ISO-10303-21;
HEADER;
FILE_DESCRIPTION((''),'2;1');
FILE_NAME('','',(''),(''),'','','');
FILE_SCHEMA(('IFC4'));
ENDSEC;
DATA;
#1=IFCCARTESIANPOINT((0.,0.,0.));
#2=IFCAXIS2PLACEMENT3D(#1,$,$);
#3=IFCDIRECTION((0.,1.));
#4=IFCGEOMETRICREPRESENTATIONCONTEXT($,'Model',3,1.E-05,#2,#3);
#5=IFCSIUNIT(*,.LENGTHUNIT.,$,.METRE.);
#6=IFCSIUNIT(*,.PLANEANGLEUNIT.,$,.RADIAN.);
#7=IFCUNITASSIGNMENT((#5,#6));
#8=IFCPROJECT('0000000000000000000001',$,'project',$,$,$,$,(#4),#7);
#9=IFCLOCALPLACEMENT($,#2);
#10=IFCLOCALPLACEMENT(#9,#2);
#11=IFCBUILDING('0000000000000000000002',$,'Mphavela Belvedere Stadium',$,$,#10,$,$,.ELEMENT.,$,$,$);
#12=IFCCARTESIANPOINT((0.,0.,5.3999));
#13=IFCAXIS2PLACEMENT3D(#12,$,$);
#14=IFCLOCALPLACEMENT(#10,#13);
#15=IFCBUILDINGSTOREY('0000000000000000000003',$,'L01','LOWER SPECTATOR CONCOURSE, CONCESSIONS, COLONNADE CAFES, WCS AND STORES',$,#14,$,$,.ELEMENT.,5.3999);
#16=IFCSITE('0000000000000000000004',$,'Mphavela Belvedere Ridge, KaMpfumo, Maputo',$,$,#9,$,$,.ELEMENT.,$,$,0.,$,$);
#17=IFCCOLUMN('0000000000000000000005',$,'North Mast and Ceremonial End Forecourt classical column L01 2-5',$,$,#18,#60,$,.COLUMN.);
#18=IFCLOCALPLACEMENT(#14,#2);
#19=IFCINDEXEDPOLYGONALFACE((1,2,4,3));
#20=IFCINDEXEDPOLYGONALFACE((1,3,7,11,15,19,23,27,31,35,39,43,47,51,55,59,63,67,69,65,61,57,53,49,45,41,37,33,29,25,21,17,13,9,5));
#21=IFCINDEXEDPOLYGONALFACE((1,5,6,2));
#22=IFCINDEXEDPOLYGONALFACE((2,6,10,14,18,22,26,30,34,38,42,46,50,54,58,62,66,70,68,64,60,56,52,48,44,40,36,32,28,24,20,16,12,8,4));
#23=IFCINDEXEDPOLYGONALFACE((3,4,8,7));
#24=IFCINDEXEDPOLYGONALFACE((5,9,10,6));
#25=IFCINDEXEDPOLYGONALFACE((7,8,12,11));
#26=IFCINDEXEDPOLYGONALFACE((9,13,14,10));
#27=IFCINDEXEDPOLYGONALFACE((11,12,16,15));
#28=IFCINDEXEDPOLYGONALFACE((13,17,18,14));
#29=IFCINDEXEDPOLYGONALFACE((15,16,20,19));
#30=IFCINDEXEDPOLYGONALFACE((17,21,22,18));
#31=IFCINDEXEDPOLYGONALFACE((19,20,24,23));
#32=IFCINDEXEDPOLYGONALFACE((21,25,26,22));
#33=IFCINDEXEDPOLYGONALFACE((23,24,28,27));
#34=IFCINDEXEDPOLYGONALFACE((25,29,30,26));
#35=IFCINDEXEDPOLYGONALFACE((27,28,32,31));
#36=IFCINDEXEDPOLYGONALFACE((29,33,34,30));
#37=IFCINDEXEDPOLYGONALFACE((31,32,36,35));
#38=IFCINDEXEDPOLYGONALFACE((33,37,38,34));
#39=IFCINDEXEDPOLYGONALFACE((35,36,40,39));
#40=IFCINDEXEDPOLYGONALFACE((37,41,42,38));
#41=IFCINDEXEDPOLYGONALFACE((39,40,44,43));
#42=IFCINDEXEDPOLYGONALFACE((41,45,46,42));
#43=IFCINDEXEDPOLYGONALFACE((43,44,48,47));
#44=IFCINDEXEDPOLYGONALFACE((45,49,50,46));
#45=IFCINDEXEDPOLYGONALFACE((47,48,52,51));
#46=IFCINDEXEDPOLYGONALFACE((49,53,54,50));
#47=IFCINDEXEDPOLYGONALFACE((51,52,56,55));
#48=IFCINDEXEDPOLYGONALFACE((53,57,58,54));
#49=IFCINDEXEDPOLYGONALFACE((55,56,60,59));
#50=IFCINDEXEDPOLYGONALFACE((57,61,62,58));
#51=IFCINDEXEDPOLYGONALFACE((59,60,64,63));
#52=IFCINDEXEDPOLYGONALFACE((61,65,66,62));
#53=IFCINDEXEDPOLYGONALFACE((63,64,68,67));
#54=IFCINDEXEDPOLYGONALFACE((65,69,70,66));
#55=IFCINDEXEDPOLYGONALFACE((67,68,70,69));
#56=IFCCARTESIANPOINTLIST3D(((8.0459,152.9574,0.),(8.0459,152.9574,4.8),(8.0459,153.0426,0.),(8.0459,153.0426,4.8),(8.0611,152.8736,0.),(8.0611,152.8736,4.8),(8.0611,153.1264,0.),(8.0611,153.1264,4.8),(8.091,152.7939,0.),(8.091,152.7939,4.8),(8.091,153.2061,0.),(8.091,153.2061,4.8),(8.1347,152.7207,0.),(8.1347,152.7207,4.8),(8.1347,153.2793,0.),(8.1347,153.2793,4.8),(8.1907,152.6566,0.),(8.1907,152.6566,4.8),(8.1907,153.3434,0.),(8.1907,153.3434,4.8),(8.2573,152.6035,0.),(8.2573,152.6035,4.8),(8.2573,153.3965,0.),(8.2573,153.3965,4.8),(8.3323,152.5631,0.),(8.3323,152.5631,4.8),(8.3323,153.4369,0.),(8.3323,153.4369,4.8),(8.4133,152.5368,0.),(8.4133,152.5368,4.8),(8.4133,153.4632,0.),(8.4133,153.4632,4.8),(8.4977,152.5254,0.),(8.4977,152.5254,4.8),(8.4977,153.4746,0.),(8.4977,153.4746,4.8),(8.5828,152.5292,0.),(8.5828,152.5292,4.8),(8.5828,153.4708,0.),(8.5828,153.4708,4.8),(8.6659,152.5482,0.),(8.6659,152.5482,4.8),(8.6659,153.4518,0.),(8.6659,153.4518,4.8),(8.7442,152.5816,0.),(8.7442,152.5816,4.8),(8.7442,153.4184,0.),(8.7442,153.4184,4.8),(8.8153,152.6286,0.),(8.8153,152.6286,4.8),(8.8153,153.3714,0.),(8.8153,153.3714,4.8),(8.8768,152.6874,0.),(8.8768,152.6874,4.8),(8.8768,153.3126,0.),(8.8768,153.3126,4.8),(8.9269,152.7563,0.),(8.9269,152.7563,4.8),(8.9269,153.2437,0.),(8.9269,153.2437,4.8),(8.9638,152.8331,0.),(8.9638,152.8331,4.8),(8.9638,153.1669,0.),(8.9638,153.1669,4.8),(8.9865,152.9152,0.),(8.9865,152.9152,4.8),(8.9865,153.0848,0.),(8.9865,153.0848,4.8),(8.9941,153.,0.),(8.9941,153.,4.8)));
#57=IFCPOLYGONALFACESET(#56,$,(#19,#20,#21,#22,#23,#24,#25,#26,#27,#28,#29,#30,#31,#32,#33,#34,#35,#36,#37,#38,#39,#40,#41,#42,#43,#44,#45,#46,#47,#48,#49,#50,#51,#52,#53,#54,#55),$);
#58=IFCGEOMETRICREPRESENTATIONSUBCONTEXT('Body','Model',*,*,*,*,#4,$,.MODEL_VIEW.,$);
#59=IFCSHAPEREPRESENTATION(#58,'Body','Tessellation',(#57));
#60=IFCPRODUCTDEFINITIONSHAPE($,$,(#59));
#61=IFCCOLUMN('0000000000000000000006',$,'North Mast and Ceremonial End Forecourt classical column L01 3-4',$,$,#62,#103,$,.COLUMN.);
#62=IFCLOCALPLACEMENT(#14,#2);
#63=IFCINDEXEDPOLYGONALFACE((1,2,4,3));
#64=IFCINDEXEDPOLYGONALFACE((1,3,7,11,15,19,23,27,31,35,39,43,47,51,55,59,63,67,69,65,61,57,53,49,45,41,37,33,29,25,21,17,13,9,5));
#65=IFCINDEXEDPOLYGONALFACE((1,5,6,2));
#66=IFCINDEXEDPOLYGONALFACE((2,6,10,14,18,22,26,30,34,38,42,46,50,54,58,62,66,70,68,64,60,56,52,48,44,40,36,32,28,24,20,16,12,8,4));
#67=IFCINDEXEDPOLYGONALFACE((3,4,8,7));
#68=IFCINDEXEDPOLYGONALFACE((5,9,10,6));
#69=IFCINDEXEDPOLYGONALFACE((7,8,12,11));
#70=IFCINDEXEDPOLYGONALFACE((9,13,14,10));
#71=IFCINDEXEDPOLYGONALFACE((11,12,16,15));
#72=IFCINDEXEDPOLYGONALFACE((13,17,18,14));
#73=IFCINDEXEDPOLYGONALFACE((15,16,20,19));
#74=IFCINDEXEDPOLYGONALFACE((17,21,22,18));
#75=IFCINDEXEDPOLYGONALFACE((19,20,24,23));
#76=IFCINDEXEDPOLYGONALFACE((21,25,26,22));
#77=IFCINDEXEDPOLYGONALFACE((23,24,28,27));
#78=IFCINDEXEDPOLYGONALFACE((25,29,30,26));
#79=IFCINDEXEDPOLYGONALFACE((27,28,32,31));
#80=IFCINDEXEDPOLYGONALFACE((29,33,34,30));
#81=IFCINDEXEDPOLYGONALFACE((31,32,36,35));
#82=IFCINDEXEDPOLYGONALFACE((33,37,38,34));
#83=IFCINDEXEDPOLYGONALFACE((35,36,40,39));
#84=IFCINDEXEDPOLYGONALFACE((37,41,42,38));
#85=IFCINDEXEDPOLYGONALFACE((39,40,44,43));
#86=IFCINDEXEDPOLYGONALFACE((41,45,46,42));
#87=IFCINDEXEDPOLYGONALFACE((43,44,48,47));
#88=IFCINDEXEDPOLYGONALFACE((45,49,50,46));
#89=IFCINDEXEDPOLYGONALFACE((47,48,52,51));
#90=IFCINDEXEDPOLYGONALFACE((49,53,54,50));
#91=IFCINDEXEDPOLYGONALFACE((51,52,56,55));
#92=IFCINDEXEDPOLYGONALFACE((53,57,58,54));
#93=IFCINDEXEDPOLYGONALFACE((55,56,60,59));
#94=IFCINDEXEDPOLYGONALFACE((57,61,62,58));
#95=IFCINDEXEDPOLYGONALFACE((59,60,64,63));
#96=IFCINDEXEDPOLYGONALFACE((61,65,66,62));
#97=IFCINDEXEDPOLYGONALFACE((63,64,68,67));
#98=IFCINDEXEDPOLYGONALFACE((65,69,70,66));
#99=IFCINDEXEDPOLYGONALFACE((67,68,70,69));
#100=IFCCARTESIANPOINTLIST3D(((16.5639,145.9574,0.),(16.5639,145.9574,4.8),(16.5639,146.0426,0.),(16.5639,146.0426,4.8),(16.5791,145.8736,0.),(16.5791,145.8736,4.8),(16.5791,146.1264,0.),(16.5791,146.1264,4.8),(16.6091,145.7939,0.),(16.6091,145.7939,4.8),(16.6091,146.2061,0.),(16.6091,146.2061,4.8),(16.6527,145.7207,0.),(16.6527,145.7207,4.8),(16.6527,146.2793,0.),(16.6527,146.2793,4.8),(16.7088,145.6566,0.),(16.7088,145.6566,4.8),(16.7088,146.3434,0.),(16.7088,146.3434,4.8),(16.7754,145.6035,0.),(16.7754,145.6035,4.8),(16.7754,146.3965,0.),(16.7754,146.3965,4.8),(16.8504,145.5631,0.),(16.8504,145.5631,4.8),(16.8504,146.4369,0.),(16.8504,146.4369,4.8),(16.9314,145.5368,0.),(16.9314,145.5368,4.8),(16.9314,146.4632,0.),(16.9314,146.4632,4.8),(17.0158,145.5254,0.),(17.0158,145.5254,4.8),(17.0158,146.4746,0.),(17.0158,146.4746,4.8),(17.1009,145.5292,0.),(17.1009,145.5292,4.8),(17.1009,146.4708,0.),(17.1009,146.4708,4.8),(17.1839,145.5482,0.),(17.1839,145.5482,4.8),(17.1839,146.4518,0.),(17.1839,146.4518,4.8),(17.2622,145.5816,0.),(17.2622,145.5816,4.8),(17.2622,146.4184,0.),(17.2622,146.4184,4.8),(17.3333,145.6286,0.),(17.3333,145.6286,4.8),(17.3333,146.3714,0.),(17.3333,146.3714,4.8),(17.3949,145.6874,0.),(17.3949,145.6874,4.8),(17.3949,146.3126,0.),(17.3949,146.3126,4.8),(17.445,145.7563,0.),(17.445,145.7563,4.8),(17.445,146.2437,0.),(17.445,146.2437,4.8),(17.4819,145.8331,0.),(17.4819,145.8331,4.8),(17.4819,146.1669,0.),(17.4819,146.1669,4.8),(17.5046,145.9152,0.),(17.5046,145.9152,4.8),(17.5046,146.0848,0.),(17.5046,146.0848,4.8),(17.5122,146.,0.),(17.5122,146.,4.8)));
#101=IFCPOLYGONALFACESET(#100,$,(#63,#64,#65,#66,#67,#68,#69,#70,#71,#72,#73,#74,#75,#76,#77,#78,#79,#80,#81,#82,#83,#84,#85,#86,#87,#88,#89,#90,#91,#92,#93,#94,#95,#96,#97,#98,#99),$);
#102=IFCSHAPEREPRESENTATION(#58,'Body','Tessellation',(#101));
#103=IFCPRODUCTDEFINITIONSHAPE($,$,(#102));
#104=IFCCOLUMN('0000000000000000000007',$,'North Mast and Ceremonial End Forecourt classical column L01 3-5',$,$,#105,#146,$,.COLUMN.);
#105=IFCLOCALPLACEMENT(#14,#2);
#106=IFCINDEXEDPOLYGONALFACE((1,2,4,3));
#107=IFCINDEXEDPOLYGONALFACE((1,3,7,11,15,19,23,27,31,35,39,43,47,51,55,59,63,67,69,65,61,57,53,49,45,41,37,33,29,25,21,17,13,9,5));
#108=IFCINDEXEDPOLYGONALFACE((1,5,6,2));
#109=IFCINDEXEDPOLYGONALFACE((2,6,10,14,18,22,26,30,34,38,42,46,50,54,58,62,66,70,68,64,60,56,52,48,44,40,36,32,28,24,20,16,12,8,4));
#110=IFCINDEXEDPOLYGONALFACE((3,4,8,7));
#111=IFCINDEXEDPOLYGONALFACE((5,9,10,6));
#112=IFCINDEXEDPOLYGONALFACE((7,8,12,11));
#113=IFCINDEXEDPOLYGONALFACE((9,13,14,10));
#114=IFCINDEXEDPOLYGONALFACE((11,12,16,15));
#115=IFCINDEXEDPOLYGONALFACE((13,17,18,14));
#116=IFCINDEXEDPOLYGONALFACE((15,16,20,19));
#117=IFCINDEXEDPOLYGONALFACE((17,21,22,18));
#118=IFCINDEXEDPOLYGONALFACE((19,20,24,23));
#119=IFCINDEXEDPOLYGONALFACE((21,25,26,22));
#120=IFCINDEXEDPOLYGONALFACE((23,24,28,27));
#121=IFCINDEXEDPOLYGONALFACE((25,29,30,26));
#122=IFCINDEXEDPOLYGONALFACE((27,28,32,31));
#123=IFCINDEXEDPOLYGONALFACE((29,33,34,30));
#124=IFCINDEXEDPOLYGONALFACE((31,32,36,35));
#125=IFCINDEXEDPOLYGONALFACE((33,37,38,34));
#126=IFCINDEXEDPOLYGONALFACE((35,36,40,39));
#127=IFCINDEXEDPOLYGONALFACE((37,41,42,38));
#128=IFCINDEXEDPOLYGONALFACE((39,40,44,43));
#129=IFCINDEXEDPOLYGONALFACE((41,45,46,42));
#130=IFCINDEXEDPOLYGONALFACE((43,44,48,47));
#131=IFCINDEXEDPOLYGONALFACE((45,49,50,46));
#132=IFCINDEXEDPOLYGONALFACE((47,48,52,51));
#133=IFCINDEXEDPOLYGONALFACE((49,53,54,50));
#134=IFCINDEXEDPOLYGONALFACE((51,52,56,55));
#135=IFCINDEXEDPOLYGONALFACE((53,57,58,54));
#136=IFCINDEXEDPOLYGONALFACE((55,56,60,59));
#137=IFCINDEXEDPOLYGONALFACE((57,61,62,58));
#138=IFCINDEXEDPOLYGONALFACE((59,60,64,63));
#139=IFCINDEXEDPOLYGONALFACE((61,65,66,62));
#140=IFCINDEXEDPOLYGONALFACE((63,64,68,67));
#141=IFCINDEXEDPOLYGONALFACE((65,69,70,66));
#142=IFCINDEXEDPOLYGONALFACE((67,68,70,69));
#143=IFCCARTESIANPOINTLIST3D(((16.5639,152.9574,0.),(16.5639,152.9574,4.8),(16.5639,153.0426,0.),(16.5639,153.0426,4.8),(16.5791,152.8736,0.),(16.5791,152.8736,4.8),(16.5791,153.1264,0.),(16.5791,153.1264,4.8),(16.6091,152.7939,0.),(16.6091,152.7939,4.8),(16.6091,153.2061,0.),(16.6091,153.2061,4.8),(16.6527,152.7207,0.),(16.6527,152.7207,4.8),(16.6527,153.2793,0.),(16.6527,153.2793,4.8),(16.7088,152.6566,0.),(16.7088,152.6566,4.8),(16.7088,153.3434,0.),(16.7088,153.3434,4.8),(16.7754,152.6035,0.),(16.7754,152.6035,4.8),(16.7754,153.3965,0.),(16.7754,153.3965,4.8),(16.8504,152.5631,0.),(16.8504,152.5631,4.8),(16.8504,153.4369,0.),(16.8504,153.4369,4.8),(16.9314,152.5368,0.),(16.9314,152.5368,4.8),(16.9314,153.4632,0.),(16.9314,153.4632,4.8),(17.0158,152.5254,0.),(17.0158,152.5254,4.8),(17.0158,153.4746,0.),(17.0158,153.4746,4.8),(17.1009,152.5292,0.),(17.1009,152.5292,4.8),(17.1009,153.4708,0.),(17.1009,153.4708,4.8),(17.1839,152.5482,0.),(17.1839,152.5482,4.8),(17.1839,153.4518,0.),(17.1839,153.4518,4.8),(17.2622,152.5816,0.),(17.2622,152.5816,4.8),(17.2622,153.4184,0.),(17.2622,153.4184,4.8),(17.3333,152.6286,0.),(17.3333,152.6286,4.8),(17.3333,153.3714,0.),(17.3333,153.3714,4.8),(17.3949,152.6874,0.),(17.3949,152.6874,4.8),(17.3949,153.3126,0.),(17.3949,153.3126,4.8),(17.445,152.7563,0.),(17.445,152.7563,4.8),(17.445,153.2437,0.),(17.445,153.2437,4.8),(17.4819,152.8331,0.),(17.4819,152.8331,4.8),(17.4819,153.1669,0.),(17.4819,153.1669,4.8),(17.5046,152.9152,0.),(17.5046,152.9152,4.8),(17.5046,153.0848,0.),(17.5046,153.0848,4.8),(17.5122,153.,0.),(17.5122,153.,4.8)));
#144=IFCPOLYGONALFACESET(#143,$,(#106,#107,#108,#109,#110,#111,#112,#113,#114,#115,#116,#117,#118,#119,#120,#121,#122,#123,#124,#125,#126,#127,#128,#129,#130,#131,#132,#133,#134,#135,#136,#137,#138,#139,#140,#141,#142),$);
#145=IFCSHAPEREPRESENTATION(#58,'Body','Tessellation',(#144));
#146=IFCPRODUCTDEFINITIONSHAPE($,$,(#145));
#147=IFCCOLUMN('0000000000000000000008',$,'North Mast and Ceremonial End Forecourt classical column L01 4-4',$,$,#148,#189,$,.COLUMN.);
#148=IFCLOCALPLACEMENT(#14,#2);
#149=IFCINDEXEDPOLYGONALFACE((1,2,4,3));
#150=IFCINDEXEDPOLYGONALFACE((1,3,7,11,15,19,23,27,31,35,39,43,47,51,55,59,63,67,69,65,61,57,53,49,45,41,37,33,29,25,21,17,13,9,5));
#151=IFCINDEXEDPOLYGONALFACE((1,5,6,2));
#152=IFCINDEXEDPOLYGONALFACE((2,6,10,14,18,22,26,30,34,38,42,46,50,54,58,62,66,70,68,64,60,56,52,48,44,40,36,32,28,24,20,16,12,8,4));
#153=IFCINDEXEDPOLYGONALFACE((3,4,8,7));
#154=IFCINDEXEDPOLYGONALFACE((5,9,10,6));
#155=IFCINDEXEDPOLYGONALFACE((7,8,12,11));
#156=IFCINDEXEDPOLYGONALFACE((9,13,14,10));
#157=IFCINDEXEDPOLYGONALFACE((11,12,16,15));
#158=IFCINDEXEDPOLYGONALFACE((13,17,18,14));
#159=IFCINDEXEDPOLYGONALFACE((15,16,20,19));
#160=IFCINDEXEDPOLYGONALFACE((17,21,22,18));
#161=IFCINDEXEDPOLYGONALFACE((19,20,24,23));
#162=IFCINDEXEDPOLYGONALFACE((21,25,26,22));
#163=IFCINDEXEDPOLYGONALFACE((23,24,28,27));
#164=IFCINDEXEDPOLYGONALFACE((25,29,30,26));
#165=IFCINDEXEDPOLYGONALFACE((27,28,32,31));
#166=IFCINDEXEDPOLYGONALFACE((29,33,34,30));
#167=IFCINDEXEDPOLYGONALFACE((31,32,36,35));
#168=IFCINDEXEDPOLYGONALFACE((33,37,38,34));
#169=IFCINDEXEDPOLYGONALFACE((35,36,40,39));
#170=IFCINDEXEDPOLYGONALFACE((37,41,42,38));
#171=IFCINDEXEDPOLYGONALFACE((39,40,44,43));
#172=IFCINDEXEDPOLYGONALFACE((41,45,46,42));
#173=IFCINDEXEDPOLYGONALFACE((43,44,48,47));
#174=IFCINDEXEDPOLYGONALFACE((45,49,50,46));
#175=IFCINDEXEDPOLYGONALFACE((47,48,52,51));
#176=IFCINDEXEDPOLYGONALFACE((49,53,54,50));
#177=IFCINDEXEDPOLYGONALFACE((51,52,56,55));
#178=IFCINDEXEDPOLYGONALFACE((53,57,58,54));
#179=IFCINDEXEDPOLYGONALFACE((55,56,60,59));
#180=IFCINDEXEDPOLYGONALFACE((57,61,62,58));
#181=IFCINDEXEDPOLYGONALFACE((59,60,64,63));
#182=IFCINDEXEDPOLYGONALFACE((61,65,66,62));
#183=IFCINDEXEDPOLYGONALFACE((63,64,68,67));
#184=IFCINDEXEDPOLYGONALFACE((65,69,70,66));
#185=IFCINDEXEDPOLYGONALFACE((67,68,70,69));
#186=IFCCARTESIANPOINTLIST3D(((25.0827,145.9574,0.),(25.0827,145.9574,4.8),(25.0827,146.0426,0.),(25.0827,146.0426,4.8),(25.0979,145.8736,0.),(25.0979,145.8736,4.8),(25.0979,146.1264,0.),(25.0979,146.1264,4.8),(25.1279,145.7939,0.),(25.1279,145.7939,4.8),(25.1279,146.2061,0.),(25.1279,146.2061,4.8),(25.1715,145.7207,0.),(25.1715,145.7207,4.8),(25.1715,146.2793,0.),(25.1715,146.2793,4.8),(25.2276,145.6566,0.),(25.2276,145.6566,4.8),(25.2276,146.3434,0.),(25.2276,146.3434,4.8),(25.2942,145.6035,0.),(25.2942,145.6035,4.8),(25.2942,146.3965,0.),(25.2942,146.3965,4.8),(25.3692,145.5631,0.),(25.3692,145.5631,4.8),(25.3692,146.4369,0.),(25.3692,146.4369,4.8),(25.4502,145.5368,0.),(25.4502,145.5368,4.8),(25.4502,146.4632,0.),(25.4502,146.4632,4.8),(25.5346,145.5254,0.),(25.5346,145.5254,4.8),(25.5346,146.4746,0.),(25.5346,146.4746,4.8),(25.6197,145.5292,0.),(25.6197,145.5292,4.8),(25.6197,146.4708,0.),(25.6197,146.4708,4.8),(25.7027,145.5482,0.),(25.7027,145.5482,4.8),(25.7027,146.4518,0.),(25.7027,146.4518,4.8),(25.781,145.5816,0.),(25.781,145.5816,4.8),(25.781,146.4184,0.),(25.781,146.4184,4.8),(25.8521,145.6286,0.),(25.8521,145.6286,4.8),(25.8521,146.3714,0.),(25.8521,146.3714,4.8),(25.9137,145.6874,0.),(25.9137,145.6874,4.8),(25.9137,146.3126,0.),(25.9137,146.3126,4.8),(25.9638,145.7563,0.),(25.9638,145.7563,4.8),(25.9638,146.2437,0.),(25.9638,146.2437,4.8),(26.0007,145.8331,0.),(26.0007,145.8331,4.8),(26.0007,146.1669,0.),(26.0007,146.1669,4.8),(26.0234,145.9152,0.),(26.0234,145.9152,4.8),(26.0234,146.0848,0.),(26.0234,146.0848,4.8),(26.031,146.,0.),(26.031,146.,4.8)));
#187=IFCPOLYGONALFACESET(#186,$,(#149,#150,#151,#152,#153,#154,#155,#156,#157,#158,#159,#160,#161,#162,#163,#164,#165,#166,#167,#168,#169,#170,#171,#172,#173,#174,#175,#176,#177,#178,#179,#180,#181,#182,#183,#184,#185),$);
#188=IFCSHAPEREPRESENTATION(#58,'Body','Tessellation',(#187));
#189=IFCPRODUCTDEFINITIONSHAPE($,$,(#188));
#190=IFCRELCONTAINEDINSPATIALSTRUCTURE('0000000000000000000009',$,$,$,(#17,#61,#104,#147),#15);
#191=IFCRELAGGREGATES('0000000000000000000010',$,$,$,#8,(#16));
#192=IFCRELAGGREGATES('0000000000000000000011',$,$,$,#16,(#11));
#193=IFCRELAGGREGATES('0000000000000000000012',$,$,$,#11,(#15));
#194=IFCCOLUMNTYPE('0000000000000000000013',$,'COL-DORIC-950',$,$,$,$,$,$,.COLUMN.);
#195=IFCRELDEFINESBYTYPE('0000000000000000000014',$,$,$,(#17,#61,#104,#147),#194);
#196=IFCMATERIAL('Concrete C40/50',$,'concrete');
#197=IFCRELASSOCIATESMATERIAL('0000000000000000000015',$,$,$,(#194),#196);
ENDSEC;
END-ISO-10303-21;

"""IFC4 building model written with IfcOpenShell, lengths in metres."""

from ifc_helpers import new_model, si_unit, direction, frame, origin, origin_2d, place, context, subcontext, project, spatial, circle, extrude, material, material_profile, profile_set, type_object, element, save


model = new_model("IFC4")

# Units and contexts
model_context = context("Model", 3, precision=1e-05, world=origin(), true_north=direction((0.0, 1.0)))
body_context = subcontext(model_context, "Body", "Model", "MODEL_VIEW")
ifc_project = project(units=[si_unit("LENGTHUNIT", "METRE"), si_unit("PLANEANGLEUNIT", "RADIAN")], contexts=[model_context])

# Site, building, storey
site_placement = place(None, origin())
site = spatial("IfcSite", under=ifc_project, at=site_placement, Name="Mphavela Belvedere Ridge, KaMpfumo, Maputo", CompositionType="ELEMENT", RefElevation=0.0)
building_placement = place(site_placement, origin())
building = spatial("IfcBuilding", under=site, at=building_placement, Name="Mphavela Belvedere Stadium", CompositionType="ELEMENT")
storey_placement = place(building_placement, frame((0.0, 0.0, 5.3999)))
storey = spatial("IfcBuildingStorey", under=building, at=storey_placement, Name="L01", Description="LOWER SPECTATOR CONCOURSE, CONCESSIONS, COLONNADE CAFES, WCS AND STORES", CompositionType="ELEMENT", Elevation=5.3999)

# Columns
ifc_material_1 = material(Name="Concrete C40/50", Category="concrete")
ifc_material_profile_1 = material_profile(ifc_material_1, circle(Radius=0.4751, at=origin_2d()), Name="COL D950")
ifc_profile_set_1 = profile_set([ifc_material_profile_1], Name="Concrete C40/50")
column_type = type_object("IfcColumnType", Name="COL-DORIC-950", PredefinedType="COLUMN", material=ifc_profile_set_1)
for number, where, z_axis, x_axis, name in (
    (1, (8.519, 153.0, 0.0), (0.0, 0.0, 1.0), (1.0, 0.0, 0.0), "North Mast and Ceremonial End Forecourt classical column L01 2-5"),
    (2, (17.0371, 146.0, 0.0), (0.0, 0.0, 1.0), (1.0, 0.0, 0.0), "North Mast and Ceremonial End Forecourt classical column L01 3-4"),
    (3, (17.0371, 153.0, 0.0), (0.0, 0.0, 1.0), (1.0, 0.0, 0.0), "North Mast and Ceremonial End Forecourt classical column L01 3-5"),
    (4, (25.5559, 146.0, 0.0), (0.0, 0.0, 1.0), (1.0, 0.0, 0.0), "North Mast and Ceremonial End Forecourt classical column L01 4-4"),
):
    element("IfcColumn", number, at=place(storey_placement, frame(where, z_axis=z_axis, x_axis=x_axis)), inside=storey, type_object=column_type, Name=name, PredefinedType="COLUMN", context=body_context, shape_type="SweptSolid", body=[
        extrude(circle(Radius=0.4751, at=origin_2d()), origin(), (0.0, 0.0, 1.0), 4.8),
    ])

save(model, "model.ifc")
